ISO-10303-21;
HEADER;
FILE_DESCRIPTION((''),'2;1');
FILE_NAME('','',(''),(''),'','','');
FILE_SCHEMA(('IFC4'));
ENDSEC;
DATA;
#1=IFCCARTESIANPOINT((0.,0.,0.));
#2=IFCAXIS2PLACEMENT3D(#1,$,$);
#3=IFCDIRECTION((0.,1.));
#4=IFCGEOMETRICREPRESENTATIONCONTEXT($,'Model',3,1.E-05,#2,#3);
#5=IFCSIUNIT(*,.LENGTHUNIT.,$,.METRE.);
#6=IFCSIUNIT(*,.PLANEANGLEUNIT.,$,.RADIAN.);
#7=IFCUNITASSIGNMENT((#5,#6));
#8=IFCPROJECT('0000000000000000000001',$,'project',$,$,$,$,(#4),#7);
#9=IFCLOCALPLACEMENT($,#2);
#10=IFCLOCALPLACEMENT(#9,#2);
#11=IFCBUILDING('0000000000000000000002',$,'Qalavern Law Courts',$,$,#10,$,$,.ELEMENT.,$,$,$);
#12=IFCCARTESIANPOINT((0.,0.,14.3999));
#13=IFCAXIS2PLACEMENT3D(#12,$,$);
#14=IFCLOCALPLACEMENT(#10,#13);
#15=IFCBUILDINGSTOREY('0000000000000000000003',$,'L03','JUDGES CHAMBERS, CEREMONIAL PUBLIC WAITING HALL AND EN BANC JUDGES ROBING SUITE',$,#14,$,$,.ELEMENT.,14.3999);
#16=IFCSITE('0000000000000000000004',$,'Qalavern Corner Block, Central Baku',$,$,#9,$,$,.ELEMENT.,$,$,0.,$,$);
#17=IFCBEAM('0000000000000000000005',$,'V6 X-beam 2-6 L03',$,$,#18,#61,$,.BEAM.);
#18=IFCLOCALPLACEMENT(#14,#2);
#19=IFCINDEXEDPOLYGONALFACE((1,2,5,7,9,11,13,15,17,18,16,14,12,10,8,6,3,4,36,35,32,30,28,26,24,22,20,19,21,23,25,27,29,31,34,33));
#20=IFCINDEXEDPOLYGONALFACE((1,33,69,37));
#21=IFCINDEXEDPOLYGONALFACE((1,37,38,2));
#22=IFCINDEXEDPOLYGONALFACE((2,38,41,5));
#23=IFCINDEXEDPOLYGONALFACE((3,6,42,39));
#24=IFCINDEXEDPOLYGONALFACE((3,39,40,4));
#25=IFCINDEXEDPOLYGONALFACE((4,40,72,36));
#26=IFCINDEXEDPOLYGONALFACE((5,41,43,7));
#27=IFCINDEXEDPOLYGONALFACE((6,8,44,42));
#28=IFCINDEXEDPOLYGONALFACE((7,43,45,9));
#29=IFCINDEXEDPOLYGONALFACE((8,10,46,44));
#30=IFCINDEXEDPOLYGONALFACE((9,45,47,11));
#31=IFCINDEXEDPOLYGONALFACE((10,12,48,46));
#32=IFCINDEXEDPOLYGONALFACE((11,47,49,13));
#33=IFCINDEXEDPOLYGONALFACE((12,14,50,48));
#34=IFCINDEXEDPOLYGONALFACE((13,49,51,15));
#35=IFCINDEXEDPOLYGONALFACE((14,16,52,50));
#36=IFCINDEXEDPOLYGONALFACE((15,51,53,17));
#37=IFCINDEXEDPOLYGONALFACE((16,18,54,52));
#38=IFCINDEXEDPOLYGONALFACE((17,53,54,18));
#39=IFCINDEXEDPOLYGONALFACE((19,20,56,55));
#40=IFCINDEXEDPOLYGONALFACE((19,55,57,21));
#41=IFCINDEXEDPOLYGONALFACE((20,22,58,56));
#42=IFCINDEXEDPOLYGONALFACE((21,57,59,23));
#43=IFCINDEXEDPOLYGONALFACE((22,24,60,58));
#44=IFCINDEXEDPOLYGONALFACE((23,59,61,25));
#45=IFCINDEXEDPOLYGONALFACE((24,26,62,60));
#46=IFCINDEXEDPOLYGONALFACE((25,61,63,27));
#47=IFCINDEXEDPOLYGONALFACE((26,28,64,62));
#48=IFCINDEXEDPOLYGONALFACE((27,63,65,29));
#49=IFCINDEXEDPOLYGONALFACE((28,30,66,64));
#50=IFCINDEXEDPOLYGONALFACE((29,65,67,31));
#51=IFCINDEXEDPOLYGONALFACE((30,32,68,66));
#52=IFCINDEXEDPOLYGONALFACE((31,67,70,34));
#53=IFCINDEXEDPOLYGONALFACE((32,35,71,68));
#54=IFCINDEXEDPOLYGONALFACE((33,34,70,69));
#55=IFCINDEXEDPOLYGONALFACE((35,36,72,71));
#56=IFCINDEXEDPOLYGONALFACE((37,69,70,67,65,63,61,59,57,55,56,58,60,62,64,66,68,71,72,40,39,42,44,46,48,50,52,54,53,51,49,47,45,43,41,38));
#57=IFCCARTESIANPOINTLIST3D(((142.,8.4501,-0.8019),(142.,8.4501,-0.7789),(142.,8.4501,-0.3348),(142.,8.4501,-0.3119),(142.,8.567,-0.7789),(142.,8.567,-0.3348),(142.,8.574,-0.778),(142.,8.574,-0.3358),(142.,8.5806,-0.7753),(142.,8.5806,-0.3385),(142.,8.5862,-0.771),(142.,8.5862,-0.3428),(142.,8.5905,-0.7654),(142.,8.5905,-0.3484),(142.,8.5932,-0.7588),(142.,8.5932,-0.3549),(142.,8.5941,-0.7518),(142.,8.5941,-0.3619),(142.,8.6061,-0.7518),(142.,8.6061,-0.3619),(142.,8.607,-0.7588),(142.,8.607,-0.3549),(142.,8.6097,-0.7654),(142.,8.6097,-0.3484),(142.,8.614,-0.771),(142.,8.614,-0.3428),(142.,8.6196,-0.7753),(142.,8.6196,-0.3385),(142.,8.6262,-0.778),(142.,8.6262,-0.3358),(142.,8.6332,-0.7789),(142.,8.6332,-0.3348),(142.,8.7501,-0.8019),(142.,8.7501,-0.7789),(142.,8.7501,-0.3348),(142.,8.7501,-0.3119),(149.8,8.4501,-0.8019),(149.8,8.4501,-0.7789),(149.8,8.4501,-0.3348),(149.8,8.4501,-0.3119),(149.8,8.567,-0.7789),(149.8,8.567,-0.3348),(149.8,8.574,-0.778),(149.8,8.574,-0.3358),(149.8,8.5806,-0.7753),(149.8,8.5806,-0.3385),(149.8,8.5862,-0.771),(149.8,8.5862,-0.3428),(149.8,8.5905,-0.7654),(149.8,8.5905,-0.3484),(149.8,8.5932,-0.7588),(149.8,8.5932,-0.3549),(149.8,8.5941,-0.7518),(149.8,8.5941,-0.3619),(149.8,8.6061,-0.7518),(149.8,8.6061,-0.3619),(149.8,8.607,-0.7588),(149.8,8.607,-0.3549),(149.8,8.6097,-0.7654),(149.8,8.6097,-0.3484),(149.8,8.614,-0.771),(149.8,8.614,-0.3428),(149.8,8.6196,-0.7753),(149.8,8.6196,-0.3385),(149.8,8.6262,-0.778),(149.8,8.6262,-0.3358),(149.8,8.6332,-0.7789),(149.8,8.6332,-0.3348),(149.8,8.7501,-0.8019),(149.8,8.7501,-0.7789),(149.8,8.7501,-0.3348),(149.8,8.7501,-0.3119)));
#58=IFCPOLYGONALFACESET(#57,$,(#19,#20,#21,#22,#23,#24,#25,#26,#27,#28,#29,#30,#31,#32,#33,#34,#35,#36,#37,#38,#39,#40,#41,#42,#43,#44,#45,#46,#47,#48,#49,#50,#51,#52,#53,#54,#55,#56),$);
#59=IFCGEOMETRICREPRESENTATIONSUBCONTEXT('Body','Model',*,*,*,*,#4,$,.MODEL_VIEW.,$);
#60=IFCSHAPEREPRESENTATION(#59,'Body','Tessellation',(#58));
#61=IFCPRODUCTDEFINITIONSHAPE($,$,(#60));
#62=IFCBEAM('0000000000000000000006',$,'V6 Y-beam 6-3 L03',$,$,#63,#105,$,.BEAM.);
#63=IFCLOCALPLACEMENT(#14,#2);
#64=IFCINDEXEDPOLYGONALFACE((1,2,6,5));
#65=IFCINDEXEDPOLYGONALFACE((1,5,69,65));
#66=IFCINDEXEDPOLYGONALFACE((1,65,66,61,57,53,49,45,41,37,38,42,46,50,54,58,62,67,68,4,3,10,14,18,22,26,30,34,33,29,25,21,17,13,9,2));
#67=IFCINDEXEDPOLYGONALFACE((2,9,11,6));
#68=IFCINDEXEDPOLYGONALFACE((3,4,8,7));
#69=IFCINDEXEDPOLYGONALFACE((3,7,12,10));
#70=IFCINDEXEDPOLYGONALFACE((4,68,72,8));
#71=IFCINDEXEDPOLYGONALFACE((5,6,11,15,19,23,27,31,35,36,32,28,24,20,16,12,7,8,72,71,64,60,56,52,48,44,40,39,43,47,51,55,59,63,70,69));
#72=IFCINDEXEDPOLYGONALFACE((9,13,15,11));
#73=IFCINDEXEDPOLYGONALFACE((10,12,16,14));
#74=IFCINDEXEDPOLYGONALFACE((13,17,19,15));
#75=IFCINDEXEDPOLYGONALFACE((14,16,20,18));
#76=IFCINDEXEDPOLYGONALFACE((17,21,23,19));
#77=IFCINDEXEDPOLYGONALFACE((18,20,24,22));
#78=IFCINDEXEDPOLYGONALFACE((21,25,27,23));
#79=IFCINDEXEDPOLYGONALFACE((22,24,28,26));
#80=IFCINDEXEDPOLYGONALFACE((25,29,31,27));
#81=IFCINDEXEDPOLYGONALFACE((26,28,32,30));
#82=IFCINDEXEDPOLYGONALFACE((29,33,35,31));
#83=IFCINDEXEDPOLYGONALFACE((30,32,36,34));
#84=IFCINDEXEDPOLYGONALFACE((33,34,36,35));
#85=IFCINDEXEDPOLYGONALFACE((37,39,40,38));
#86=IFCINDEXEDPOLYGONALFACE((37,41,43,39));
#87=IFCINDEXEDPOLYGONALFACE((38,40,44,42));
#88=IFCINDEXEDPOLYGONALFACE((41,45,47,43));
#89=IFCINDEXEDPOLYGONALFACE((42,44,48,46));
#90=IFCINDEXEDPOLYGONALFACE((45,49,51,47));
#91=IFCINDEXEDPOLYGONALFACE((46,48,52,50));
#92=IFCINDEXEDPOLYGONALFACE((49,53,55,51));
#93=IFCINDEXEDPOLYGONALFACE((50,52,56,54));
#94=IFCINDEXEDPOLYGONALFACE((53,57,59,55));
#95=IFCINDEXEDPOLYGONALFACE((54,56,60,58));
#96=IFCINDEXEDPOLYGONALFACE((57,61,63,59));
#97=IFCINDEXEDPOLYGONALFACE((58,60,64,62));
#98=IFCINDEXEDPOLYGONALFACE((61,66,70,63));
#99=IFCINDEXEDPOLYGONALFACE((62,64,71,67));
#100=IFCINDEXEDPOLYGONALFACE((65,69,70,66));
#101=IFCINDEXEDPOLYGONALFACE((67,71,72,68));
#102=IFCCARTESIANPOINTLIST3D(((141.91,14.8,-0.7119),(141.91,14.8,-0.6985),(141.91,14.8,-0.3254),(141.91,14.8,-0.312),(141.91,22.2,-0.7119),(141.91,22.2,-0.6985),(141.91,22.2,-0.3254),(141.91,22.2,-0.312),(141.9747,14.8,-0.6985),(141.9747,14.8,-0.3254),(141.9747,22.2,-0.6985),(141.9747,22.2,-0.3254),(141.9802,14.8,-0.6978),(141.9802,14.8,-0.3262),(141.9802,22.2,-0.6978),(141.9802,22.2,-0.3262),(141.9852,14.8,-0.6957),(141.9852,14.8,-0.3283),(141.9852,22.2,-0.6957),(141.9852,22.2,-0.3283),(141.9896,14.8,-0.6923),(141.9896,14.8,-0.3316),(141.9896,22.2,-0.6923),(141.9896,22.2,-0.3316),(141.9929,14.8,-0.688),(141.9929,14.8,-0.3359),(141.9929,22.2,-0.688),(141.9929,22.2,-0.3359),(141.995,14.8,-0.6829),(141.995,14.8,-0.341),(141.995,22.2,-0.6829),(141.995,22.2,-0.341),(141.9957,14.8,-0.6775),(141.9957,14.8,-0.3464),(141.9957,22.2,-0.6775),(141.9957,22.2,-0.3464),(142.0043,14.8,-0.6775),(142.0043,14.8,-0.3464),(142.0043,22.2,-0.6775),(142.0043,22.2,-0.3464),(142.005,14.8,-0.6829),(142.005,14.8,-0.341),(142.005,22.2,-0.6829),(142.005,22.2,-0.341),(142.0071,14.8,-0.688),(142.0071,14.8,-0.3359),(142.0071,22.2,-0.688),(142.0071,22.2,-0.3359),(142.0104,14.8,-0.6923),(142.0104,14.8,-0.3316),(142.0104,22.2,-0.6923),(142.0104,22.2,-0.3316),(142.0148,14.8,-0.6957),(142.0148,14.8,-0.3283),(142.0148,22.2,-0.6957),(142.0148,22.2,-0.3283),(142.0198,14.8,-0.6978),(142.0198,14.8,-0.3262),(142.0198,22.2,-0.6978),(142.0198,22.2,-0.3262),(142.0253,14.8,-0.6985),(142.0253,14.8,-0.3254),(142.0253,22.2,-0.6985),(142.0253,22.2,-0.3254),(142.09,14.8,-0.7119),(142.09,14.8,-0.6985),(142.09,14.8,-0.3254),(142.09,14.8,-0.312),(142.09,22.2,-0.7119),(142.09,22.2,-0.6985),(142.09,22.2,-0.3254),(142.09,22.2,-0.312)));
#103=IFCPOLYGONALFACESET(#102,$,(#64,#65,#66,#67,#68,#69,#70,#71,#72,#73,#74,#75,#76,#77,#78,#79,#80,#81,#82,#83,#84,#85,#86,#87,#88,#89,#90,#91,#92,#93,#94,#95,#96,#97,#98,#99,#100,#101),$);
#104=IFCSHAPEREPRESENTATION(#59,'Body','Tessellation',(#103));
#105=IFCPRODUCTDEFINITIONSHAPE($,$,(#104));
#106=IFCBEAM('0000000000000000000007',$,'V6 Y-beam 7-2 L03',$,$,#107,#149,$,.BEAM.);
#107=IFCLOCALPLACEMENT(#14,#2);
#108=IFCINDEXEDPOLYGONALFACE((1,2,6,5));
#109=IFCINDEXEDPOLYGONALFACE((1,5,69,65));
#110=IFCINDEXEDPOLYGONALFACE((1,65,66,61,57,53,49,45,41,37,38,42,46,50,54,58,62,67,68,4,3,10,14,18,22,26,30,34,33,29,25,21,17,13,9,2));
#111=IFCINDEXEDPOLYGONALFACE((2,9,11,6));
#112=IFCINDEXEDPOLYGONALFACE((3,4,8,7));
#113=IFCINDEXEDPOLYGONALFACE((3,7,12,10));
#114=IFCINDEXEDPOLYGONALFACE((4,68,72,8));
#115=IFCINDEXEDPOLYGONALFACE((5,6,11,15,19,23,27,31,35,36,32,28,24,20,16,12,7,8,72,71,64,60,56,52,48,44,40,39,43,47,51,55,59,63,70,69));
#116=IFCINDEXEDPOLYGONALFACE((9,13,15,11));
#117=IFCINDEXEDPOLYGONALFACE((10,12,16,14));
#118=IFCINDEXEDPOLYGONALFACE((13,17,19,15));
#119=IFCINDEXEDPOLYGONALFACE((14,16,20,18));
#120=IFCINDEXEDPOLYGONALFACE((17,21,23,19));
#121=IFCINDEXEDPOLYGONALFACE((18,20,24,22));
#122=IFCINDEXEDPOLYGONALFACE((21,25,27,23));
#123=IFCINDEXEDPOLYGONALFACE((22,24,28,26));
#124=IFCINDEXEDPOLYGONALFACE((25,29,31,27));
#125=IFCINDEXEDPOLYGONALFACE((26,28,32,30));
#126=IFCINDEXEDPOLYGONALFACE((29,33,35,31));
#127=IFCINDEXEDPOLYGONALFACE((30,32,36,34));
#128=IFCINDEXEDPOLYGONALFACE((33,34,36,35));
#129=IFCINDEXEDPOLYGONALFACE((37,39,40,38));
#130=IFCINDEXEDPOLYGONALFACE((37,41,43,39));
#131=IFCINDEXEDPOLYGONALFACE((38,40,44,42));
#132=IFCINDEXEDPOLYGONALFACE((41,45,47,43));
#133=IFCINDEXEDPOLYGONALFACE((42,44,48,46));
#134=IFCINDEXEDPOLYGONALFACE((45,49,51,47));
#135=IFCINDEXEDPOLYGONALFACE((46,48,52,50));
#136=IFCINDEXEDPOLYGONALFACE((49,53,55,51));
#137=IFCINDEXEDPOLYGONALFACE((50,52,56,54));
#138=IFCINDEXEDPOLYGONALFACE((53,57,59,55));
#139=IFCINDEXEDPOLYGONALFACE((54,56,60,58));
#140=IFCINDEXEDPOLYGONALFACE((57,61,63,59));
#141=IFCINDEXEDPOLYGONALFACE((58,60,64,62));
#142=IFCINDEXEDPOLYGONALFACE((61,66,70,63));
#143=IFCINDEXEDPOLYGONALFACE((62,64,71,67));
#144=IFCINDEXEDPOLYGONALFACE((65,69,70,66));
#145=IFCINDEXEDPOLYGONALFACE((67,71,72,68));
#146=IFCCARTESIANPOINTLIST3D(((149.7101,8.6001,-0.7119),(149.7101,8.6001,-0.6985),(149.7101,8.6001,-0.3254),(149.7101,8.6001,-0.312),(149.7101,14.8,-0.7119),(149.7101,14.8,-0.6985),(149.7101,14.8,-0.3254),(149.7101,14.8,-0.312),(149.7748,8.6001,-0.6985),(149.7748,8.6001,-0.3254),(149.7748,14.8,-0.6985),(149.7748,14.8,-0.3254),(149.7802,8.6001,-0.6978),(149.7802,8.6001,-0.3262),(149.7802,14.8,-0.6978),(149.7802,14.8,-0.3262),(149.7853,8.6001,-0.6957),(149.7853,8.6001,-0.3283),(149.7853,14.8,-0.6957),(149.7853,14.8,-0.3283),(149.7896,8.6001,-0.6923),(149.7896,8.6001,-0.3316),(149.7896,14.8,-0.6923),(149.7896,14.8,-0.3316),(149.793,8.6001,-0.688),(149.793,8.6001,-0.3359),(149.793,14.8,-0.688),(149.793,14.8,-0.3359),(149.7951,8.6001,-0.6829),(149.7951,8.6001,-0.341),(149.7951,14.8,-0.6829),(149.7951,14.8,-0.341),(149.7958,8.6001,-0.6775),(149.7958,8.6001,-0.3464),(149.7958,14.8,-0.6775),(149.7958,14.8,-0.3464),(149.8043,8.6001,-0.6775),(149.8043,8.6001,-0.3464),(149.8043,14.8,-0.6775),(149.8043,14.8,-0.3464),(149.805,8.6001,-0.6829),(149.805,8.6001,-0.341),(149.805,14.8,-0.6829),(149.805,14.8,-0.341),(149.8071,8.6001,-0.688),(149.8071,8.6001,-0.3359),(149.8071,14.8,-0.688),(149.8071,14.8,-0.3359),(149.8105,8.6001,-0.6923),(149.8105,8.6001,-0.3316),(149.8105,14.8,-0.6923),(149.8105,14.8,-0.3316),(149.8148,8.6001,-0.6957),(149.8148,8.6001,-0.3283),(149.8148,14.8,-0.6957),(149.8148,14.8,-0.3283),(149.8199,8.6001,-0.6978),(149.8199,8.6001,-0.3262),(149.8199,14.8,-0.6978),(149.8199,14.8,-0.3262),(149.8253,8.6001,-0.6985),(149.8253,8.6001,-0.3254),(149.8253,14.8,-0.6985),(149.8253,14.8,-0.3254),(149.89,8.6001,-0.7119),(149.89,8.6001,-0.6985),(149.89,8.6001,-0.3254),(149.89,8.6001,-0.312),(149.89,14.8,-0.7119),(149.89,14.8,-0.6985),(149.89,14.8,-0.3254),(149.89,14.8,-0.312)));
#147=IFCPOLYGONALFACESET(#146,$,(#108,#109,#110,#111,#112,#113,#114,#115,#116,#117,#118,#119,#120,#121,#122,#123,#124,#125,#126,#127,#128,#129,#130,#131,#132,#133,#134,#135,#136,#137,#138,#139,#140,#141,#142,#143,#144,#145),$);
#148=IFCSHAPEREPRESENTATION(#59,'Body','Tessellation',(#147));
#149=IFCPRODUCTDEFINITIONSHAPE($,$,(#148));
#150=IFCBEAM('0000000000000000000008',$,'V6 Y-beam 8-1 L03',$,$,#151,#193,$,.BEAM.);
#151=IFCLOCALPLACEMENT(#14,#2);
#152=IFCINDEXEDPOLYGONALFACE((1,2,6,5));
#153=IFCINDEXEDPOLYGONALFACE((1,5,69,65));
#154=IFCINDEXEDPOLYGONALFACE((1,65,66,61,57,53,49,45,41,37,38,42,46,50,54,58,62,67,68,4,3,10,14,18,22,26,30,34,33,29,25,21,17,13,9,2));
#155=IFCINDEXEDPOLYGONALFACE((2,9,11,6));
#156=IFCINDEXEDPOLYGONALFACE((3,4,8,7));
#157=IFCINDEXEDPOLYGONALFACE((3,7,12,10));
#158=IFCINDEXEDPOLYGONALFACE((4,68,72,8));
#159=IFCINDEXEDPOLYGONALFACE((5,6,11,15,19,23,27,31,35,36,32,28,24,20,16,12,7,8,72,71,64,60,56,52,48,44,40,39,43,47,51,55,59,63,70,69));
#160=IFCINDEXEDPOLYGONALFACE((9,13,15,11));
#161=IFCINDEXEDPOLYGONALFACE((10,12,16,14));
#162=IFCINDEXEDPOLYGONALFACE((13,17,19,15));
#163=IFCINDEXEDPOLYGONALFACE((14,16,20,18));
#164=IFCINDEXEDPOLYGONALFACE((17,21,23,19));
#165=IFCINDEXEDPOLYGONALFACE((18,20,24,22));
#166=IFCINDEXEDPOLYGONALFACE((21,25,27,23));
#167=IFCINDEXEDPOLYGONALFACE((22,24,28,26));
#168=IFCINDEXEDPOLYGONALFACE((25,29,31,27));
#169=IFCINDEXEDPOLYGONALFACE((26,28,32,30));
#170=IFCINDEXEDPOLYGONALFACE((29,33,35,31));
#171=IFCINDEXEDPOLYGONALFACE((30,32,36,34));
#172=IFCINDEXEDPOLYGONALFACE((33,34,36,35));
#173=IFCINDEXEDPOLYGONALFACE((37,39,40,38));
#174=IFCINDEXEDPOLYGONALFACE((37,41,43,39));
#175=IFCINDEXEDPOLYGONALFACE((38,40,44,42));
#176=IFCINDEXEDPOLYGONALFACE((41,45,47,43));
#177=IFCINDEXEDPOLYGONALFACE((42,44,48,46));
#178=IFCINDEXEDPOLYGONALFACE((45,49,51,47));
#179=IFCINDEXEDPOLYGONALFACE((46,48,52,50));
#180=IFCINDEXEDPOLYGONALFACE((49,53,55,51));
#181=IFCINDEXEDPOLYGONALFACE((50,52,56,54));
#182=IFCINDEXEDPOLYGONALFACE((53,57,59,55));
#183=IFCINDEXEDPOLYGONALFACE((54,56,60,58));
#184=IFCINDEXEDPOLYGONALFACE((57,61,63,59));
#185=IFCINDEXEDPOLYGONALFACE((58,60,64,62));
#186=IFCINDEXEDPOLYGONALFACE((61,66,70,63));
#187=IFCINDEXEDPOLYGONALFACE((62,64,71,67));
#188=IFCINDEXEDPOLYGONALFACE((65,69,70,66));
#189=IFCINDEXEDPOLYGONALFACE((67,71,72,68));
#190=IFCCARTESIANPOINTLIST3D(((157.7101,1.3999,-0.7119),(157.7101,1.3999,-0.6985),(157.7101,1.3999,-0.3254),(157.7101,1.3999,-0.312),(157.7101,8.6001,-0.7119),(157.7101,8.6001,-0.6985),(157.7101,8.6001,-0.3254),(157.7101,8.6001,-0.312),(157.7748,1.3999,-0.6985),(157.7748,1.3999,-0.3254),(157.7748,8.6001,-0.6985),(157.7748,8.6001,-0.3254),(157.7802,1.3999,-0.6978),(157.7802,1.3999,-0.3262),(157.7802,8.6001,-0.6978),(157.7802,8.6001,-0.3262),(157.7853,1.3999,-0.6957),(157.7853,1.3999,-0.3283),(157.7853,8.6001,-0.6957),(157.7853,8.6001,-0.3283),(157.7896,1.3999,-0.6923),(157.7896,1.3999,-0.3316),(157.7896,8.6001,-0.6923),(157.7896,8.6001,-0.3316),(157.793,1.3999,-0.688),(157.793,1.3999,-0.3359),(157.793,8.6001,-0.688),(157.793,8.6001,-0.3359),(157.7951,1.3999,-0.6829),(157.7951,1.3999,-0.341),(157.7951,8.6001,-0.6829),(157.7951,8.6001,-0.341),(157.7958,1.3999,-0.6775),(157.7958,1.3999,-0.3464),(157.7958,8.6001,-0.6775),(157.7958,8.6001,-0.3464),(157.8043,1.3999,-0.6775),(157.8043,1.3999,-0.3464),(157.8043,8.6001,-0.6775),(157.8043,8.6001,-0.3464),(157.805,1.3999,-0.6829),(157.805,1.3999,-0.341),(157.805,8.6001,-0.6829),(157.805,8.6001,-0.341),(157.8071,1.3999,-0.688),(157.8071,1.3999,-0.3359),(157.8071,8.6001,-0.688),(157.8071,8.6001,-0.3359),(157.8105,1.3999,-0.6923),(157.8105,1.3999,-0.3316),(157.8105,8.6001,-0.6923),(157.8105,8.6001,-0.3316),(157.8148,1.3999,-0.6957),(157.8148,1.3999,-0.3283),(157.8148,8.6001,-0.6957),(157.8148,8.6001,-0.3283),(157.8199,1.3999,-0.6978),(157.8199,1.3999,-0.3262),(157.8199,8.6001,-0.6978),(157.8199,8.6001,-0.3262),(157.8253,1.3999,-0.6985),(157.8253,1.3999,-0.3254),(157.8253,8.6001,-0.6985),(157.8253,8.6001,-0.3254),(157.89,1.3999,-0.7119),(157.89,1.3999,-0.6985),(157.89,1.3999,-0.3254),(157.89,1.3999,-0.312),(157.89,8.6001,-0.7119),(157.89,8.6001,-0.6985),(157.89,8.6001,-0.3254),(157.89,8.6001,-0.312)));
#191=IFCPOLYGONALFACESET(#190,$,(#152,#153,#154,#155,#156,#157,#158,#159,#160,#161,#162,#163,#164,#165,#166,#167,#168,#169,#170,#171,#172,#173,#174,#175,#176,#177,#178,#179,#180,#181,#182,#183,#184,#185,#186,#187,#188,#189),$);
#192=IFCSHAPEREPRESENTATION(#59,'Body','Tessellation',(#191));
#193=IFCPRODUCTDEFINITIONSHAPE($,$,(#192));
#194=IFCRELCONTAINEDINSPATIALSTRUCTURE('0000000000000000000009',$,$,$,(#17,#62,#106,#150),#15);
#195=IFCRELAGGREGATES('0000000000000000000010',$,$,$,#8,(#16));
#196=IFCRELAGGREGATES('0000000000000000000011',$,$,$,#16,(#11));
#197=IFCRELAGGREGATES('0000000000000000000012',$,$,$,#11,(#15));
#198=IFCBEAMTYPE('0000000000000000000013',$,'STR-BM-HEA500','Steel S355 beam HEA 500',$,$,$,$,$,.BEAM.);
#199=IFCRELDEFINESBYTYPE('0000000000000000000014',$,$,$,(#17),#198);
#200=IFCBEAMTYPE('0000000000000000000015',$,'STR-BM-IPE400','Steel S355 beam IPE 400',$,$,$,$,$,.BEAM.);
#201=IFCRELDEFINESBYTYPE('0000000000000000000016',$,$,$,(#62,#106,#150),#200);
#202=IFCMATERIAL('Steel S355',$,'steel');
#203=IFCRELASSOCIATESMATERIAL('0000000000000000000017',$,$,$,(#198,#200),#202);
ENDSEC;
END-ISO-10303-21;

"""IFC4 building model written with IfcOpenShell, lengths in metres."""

from ifc_helpers import new_model, si_unit, direction, frame, origin, origin_2d, place, context, subcontext, project, spatial, i_section, extrude, material, material_profile, profile_set, type_object, element, save


model = new_model("IFC4")

# Units and contexts
model_context = context("Model", 3, precision=1e-05, world=origin(), true_north=direction((0.0, 1.0)))
body_context = subcontext(model_context, "Body", "Model", "MODEL_VIEW")
ifc_project = project(units=[si_unit("LENGTHUNIT", "METRE"), si_unit("PLANEANGLEUNIT", "RADIAN")], contexts=[model_context])

# Site, building, storey
site_placement = place(None, origin())
site = spatial("IfcSite", under=ifc_project, at=site_placement, Name="Qalavern Corner Block, Central Baku", CompositionType="ELEMENT", RefElevation=0.0)
building_placement = place(site_placement, origin())
building = spatial("IfcBuilding", under=site, at=building_placement, Name="Qalavern Law Courts", CompositionType="ELEMENT")
storey_placement = place(building_placement, frame((0.0, 0.0, 14.3999)))
storey = spatial("IfcBuildingStorey", under=building, at=storey_placement, Name="L03", Description="JUDGES CHAMBERS, CEREMONIAL PUBLIC WAITING HALL AND EN BANC JUDGES ROBING SUITE", CompositionType="ELEMENT", Elevation=14.3999)

# Beams
ifc_material_1 = material(Name="Steel S355", Category="steel")
ifc_material_profile_1 = material_profile(ifc_material_1, i_section(OverallWidth=0.3, OverallDepth=0.49, WebThickness=0.012, FlangeThickness=0.0229, FilletRadius=0.0271, at=origin_2d()), Name="HEA 500")
ifc_profile_set_1 = profile_set([ifc_material_profile_1], Name="Steel S355")
beam_type_1 = type_object("IfcBeamType", Name="STR-BM-HEA500", Description="Steel S355 beam HEA 500", PredefinedType="BEAM", material=ifc_profile_set_1)
beam_1_placement = place(storey_placement, frame((142.0, 8.6001, -0.5569), z_axis=(1.0, 0.0, 0.0), x_axis=(0.0, 1.0, 0.0)))
element("IfcBeam", 1, at=beam_1_placement, inside=storey, type_object=beam_type_1, Name="V6 X-beam 2-6 L03", PredefinedType="BEAM", context=body_context, shape_type="SweptSolid", body=[
    extrude(i_section(OverallWidth=0.3, OverallDepth=0.49, WebThickness=0.012, FlangeThickness=0.0229, FilletRadius=0.0271, at=origin_2d()), origin(), (0.0, 0.0, 1.0), 7.8),
])
ifc_material_profile_2 = material_profile(ifc_material_1, i_section(OverallWidth=0.1799, OverallDepth=0.3999, WebThickness=0.0085, FlangeThickness=0.0134, FilletRadius=0.021, at=origin_2d()), Name="IPE 400")
ifc_profile_set_2 = profile_set([ifc_material_profile_2], Name="Steel S355")
beam_type_2 = type_object("IfcBeamType", Name="STR-BM-IPE400", Description="Steel S355 beam IPE 400", PredefinedType="BEAM", material=ifc_profile_set_2)
beam_2_placement = place(storey_placement, frame((142.0, 14.8, -0.512), z_axis=(0.0, 1.0, 0.0), x_axis=(-1.0, 0.0, 0.0)))
element("IfcBeam", 2, at=beam_2_placement, inside=storey, type_object=beam_type_2, Name="V6 Y-beam 6-3 L03", PredefinedType="BEAM", context=body_context, shape_type="SweptSolid", body=[
    extrude(i_section(OverallWidth=0.1799, OverallDepth=0.3999, WebThickness=0.0085, FlangeThickness=0.0134, FilletRadius=0.021, at=origin_2d()), origin(), (0.0, 0.0, 1.0), 7.3999),
])
beam_3_placement = place(storey_placement, frame((149.8, 8.6001, -0.512), z_axis=(0.0, 1.0, 0.0), x_axis=(-1.0, 0.0, 0.0)))
element("IfcBeam", 3, at=beam_3_placement, inside=storey, type_object=beam_type_2, Name="V6 Y-beam 7-2 L03", PredefinedType="BEAM", context=body_context, shape_type="SweptSolid", body=[
    extrude(i_section(OverallWidth=0.1799, OverallDepth=0.3999, WebThickness=0.0085, FlangeThickness=0.0134, FilletRadius=0.021, at=origin_2d()), origin(), (0.0, 0.0, 1.0), 6.2),
])
beam_4_placement = place(storey_placement, frame((157.8, 1.3999, -0.512), z_axis=(0.0, 1.0, 0.0), x_axis=(-1.0, 0.0, 0.0)))
element("IfcBeam", 4, at=beam_4_placement, inside=storey, type_object=beam_type_2, Name="V6 Y-beam 8-1 L03", PredefinedType="BEAM", context=body_context, shape_type="SweptSolid", body=[
    extrude(i_section(OverallWidth=0.1799, OverallDepth=0.3999, WebThickness=0.0085, FlangeThickness=0.0134, FilletRadius=0.021, at=origin_2d()), origin(), (0.0, 0.0, 1.0), 7.2002),
])

save(model, "model.ifc")
